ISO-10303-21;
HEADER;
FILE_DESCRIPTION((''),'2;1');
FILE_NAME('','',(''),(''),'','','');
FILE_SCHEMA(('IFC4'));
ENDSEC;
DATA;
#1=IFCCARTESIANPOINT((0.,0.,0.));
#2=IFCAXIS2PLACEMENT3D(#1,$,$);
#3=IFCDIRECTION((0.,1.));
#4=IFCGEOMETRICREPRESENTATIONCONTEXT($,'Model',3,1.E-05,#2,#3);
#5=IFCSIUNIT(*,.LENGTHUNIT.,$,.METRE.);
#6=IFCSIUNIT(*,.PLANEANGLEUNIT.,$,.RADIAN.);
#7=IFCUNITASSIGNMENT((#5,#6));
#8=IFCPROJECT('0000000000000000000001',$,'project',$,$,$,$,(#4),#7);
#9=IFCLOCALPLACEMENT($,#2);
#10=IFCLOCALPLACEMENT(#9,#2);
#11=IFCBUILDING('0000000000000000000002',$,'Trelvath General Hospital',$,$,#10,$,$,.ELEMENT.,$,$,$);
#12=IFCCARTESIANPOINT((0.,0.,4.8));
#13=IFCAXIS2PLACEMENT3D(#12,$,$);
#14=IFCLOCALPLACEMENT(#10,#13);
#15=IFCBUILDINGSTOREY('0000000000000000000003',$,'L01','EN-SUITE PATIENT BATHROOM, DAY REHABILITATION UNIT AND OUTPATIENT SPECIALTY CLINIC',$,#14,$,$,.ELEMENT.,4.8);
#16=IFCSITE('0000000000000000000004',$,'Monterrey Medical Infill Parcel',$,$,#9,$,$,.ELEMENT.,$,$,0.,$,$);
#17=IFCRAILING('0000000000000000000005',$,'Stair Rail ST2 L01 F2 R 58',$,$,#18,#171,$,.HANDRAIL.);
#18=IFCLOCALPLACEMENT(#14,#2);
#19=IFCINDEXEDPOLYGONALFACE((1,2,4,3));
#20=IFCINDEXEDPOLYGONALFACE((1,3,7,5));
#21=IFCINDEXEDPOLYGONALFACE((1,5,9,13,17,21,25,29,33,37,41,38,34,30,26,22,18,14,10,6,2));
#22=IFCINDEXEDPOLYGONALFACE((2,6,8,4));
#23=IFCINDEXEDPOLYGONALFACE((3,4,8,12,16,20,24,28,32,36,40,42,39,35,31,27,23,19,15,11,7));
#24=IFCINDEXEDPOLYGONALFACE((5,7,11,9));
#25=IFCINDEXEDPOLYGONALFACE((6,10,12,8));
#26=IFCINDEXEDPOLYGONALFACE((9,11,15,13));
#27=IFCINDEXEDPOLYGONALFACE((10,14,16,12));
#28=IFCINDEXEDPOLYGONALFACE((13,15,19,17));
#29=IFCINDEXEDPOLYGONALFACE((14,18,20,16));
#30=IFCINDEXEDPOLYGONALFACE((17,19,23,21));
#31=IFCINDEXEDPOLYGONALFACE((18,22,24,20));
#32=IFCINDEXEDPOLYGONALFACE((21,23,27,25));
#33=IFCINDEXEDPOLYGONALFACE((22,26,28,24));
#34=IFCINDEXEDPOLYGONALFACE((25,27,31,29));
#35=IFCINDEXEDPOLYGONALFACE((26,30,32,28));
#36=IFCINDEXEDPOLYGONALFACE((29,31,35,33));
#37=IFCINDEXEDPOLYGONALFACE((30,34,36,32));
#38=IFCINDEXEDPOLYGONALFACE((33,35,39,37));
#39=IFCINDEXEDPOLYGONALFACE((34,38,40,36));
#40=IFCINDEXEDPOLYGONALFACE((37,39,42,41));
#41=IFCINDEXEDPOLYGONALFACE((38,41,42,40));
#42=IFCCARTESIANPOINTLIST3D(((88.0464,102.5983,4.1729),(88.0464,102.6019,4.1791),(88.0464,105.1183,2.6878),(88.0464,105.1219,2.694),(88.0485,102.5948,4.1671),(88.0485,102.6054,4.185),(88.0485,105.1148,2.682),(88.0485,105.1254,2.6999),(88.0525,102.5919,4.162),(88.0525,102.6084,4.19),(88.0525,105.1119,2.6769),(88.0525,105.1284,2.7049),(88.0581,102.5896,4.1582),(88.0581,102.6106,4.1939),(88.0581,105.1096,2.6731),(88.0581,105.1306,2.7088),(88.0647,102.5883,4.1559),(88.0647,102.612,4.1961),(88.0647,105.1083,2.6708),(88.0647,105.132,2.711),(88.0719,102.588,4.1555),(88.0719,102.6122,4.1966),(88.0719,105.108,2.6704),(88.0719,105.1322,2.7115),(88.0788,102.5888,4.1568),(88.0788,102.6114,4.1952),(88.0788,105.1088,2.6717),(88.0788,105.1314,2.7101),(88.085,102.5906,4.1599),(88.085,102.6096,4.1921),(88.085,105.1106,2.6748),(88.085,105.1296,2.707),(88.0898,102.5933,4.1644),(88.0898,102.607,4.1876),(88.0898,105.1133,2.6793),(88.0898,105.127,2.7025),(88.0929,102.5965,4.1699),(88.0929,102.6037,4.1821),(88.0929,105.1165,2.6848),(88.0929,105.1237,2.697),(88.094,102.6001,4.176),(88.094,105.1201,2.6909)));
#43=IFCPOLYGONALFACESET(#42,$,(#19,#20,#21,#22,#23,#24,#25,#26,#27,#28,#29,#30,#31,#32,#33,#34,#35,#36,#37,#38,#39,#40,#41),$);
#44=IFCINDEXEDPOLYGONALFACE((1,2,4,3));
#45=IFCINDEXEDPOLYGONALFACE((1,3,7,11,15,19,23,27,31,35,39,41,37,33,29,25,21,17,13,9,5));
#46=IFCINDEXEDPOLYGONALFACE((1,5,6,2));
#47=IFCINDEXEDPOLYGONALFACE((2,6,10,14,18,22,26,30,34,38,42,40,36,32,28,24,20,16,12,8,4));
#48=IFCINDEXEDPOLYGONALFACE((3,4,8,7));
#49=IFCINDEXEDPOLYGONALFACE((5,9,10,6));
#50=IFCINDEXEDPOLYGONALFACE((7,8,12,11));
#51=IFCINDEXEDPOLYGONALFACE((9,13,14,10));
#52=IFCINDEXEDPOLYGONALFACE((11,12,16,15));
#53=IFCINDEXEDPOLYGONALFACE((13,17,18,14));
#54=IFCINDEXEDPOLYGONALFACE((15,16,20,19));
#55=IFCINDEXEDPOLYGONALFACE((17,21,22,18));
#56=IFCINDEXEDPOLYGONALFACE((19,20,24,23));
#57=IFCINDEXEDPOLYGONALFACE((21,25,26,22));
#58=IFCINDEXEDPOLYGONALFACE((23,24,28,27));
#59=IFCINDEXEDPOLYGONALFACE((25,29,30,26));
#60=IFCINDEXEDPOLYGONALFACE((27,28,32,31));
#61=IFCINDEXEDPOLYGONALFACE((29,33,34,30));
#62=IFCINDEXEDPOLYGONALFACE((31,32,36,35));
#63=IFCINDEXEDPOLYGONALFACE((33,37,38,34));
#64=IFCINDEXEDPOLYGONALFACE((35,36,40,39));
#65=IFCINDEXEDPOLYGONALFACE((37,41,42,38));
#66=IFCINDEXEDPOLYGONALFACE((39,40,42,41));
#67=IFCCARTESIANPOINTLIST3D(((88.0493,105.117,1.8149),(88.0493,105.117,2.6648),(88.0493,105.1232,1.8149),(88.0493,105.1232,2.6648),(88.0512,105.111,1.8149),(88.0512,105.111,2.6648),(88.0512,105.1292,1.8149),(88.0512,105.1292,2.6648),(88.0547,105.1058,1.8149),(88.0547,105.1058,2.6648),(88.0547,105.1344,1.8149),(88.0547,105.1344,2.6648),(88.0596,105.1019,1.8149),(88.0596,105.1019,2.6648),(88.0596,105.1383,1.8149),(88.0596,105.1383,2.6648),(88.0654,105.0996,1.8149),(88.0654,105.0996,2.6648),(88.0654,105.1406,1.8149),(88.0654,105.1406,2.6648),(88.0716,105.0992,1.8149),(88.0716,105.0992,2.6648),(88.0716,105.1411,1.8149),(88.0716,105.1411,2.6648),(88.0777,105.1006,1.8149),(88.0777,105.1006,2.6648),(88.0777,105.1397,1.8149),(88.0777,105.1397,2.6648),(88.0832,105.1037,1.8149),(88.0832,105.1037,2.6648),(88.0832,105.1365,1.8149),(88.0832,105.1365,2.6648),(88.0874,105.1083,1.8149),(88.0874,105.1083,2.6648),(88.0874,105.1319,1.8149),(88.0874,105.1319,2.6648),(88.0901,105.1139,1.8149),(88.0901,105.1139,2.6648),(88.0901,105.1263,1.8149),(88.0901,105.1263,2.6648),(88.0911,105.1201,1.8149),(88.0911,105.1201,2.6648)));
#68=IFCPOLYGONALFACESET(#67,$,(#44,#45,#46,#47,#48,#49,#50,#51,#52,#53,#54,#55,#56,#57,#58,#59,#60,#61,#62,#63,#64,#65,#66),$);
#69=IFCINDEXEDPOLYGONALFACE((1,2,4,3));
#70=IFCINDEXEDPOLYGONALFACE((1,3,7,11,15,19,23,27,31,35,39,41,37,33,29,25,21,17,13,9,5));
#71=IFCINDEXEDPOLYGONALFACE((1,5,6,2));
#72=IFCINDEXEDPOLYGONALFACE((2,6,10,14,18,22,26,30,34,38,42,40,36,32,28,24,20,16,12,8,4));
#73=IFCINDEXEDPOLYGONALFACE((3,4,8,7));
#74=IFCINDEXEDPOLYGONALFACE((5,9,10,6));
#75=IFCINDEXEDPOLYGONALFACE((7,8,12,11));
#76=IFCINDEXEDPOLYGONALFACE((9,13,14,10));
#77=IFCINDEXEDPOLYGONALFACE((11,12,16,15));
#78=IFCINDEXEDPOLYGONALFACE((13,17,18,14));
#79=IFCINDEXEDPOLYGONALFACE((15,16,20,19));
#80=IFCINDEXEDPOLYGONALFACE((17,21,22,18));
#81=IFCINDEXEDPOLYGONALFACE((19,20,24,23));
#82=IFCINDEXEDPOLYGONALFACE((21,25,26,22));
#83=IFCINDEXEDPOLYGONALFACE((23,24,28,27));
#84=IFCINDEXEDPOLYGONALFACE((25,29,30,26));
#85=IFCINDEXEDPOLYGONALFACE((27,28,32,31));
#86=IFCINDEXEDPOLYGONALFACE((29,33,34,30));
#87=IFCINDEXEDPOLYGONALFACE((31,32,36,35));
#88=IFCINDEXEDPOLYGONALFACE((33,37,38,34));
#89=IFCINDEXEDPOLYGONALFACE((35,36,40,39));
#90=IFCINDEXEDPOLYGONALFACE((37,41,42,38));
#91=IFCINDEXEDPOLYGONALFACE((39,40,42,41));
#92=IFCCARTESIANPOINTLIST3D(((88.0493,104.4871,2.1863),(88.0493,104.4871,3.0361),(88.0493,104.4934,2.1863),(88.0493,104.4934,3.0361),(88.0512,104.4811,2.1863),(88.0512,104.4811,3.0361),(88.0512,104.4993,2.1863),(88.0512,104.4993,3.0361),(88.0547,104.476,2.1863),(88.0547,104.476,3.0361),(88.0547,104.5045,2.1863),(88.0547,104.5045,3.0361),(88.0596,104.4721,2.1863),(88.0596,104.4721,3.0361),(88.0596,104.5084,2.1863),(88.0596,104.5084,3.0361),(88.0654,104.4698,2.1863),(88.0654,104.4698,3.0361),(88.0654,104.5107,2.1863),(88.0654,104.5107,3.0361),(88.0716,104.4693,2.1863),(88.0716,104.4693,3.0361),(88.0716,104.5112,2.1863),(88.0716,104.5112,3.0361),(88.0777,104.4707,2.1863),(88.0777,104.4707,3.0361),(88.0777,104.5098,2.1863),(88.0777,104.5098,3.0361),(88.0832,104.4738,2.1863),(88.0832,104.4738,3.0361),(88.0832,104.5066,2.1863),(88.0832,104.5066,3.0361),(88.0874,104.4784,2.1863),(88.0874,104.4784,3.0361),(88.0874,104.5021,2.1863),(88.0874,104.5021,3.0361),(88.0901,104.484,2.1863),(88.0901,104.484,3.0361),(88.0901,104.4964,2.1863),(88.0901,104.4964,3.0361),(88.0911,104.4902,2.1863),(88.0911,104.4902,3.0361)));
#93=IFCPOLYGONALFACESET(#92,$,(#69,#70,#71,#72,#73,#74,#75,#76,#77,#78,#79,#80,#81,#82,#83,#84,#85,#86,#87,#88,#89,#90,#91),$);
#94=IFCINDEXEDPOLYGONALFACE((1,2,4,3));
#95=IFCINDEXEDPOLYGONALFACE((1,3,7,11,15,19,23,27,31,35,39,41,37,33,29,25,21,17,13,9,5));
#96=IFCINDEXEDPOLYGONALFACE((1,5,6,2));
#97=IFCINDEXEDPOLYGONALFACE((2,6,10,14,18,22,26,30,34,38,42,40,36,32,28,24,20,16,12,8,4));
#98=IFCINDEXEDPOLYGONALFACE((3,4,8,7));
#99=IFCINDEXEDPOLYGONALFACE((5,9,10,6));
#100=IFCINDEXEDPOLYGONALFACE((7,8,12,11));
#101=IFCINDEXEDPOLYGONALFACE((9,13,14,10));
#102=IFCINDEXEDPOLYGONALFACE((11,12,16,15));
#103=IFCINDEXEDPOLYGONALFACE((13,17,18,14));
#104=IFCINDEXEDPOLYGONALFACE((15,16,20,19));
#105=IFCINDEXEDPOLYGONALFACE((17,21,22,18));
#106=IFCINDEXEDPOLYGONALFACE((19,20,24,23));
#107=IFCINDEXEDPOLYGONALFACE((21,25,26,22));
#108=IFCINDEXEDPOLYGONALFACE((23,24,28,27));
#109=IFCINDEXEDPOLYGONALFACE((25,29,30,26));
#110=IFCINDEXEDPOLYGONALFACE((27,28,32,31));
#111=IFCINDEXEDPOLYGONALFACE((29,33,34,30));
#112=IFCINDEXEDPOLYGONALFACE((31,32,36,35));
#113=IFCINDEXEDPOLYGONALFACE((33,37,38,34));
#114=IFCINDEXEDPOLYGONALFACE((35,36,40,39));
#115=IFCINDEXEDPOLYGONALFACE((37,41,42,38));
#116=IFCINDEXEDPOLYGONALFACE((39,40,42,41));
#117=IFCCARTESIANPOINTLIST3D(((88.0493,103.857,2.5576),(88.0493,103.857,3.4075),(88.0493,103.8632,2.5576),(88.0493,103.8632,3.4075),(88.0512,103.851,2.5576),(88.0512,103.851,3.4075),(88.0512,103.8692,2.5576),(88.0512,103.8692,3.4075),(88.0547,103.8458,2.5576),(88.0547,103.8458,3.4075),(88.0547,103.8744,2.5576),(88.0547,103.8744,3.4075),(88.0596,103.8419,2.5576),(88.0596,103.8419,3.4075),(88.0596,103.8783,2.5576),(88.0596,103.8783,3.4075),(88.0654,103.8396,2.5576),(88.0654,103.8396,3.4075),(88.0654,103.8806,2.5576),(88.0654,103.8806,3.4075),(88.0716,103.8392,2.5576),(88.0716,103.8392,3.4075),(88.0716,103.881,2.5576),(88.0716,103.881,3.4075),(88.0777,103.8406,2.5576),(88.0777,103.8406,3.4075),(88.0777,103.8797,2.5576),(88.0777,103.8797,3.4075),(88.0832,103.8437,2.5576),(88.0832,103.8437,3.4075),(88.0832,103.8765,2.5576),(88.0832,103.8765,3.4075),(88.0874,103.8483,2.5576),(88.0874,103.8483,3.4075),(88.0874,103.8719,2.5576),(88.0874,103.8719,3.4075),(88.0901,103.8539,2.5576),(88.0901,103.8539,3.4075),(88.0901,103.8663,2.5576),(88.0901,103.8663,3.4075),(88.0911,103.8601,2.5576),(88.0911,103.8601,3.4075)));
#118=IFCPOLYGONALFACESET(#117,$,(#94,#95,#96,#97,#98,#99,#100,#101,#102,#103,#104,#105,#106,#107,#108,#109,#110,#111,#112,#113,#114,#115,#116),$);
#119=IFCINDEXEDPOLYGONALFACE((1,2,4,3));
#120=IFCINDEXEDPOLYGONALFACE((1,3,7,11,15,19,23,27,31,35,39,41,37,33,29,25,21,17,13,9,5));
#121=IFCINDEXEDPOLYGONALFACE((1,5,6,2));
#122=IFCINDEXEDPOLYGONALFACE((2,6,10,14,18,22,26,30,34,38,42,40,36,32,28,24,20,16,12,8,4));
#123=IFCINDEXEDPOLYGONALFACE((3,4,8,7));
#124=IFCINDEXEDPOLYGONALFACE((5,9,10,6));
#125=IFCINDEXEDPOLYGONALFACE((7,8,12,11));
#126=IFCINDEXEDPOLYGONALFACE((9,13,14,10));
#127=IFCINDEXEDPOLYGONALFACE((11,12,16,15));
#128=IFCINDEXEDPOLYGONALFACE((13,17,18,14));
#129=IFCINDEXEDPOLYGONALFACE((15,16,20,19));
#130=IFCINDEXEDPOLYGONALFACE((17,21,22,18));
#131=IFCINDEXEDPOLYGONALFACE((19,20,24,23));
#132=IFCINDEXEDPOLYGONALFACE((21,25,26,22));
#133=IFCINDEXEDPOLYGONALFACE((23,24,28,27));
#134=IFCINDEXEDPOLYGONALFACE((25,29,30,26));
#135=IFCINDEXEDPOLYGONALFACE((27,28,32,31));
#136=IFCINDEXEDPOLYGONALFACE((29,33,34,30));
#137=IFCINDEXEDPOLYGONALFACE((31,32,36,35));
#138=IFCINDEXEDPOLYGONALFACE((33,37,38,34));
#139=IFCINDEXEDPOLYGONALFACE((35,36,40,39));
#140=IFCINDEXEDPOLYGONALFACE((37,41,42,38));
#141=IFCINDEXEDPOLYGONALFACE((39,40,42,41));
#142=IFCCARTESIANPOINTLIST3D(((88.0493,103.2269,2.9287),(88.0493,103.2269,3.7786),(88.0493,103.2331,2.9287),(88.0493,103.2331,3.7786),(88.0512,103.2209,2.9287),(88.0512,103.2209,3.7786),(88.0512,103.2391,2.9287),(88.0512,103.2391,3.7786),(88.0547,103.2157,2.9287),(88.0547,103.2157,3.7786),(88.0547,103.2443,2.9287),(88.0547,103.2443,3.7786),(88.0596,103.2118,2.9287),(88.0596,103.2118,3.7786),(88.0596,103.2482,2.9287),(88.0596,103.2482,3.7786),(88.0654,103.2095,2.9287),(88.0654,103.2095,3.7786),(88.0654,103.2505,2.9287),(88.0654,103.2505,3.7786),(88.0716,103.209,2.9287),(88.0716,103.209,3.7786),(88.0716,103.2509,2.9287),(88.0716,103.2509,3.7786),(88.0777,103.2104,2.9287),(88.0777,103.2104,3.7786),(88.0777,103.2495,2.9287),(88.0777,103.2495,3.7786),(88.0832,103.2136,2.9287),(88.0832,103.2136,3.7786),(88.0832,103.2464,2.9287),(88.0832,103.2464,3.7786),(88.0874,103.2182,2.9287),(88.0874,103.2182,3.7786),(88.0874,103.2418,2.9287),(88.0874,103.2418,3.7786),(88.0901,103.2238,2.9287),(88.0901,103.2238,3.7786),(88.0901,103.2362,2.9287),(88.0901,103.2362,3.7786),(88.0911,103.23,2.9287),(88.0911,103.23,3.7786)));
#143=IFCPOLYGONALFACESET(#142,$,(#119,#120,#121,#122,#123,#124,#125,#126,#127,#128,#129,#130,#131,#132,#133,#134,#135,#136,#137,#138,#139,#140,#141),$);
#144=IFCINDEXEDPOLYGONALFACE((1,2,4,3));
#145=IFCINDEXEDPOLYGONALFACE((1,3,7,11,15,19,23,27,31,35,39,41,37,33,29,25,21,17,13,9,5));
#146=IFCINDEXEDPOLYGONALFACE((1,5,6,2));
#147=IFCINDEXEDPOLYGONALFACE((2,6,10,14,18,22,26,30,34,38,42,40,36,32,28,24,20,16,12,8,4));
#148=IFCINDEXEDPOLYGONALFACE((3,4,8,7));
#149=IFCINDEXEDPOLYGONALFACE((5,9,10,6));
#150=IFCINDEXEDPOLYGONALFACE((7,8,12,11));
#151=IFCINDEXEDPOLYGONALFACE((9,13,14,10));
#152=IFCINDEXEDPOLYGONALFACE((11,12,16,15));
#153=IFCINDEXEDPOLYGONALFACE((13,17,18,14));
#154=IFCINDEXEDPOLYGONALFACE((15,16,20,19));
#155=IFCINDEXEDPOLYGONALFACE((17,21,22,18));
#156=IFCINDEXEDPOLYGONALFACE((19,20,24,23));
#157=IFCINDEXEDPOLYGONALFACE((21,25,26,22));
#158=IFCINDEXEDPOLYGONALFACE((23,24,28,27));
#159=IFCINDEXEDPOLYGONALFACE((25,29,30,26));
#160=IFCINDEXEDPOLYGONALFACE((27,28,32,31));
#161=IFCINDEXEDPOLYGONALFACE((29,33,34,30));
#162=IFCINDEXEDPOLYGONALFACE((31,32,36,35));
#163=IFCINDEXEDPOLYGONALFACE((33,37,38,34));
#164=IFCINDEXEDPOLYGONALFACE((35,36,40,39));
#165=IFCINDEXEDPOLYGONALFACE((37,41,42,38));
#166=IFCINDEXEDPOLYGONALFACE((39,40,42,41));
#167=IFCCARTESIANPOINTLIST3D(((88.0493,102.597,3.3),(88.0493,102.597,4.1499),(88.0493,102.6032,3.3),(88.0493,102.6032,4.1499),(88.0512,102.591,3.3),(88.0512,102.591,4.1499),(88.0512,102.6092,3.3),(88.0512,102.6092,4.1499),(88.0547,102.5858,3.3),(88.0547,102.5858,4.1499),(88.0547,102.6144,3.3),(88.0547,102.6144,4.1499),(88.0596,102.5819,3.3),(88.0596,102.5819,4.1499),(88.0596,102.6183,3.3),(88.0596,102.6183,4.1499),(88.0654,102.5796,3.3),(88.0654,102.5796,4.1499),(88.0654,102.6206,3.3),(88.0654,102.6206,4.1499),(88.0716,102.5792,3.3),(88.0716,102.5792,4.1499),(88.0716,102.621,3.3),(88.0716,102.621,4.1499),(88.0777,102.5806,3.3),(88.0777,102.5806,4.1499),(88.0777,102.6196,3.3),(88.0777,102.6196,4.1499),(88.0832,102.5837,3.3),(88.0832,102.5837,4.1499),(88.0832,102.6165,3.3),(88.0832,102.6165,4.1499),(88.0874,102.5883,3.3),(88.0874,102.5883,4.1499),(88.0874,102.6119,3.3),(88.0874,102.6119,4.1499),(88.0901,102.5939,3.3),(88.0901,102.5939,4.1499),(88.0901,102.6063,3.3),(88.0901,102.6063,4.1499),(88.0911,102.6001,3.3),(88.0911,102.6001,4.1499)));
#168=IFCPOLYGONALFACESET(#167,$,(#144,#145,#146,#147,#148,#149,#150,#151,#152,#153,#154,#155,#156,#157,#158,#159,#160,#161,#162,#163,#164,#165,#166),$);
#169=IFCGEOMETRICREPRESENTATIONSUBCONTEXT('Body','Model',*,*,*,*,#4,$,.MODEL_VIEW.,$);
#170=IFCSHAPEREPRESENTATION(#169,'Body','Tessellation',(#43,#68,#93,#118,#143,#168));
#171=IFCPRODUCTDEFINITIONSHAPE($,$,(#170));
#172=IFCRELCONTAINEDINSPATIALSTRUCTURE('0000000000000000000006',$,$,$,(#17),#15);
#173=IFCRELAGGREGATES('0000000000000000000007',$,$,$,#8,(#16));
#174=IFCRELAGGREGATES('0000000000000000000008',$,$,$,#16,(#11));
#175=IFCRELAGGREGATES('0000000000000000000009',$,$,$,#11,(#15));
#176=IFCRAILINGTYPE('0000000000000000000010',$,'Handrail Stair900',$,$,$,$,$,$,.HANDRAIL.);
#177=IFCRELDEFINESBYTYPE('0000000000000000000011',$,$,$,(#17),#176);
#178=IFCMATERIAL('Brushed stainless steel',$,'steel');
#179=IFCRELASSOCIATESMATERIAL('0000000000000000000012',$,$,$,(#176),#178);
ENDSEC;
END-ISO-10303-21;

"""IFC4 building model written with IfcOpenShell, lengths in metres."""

from ifc_helpers import new_model, si_unit, direction, frame, origin, origin_2d, place, context, subcontext, project, spatial, circle, extrude, material, type_object, element, save


model = new_model("IFC4")

# Units and contexts
model_context = context("Model", 3, precision=1e-05, world=origin(), true_north=direction((0.0, 1.0)))
body_context = subcontext(model_context, "Body", "Model", "MODEL_VIEW")
ifc_project = project(units=[si_unit("LENGTHUNIT", "METRE"), si_unit("PLANEANGLEUNIT", "RADIAN")], contexts=[model_context])

# Site, building, storey
site_placement = place(None, origin())
site = spatial("IfcSite", under=ifc_project, at=site_placement, Name="Monterrey Medical Infill Parcel", CompositionType="ELEMENT", RefElevation=0.0)
building_placement = place(site_placement, origin())
building = spatial("IfcBuilding", under=site, at=building_placement, Name="Trelvath General Hospital", CompositionType="ELEMENT")
storey_placement = place(building_placement, frame((0.0, 0.0, 4.8)))
storey = spatial("IfcBuildingStorey", under=building, at=storey_placement, Name="L01", Description="EN-SUITE PATIENT BATHROOM, DAY REHABILITATION UNIT AND OUTPATIENT SPECIALTY CLINIC", CompositionType="ELEMENT", Elevation=4.8)

# Railing
ifc_material_1 = material(Name="Brushed stainless steel", Category="steel")
railing_type_1 = type_object("IfcRailingType", Name="Handrail Stair900", PredefinedType="HANDRAIL", material=ifc_material_1)
railing_1_placement = place(storey_placement, frame((88.0701, 105.1201, 1.8149)))
element("IfcRailing", 1, at=railing_1_placement, inside=storey, type_object=railing_type_1, Name="Stair Rail ST2 L01 F2 R 58", PredefinedType="HANDRAIL", context=body_context, shape_type="SweptSolid", body=[
    extrude(circle(Radius=0.0239, at=origin_2d()), frame((0.0, 0.0, 0.876), z_axis=(0.0, -0.861524, 0.507717), x_axis=(1.0, 0.0, 0.0)), (0.0, 0.0, 1.0), 2.925),
    extrude(circle(Radius=0.021, at=origin_2d()), origin(), (0.0, 0.0, 1.0), 0.8499),
    extrude(circle(Radius=0.021, at=origin_2d()), frame((0.0, -0.6299, 0.3713)), (0.0, 0.0, 1.0), 0.8499),
    extrude(circle(Radius=0.021, at=origin_2d()), frame((0.0, -1.26, 0.7427)), (0.0, 0.0, 1.0), 0.8499),
    extrude(circle(Radius=0.021, at=origin_2d()), frame((0.0, -1.8901, 1.1138)), (0.0, 0.0, 1.0), 0.8499),
    extrude(circle(Radius=0.021, at=origin_2d()), frame((0.0, -2.52, 1.4851)), (0.0, 0.0, 1.0), 0.8499),
])

save(model, "model.ifc")
